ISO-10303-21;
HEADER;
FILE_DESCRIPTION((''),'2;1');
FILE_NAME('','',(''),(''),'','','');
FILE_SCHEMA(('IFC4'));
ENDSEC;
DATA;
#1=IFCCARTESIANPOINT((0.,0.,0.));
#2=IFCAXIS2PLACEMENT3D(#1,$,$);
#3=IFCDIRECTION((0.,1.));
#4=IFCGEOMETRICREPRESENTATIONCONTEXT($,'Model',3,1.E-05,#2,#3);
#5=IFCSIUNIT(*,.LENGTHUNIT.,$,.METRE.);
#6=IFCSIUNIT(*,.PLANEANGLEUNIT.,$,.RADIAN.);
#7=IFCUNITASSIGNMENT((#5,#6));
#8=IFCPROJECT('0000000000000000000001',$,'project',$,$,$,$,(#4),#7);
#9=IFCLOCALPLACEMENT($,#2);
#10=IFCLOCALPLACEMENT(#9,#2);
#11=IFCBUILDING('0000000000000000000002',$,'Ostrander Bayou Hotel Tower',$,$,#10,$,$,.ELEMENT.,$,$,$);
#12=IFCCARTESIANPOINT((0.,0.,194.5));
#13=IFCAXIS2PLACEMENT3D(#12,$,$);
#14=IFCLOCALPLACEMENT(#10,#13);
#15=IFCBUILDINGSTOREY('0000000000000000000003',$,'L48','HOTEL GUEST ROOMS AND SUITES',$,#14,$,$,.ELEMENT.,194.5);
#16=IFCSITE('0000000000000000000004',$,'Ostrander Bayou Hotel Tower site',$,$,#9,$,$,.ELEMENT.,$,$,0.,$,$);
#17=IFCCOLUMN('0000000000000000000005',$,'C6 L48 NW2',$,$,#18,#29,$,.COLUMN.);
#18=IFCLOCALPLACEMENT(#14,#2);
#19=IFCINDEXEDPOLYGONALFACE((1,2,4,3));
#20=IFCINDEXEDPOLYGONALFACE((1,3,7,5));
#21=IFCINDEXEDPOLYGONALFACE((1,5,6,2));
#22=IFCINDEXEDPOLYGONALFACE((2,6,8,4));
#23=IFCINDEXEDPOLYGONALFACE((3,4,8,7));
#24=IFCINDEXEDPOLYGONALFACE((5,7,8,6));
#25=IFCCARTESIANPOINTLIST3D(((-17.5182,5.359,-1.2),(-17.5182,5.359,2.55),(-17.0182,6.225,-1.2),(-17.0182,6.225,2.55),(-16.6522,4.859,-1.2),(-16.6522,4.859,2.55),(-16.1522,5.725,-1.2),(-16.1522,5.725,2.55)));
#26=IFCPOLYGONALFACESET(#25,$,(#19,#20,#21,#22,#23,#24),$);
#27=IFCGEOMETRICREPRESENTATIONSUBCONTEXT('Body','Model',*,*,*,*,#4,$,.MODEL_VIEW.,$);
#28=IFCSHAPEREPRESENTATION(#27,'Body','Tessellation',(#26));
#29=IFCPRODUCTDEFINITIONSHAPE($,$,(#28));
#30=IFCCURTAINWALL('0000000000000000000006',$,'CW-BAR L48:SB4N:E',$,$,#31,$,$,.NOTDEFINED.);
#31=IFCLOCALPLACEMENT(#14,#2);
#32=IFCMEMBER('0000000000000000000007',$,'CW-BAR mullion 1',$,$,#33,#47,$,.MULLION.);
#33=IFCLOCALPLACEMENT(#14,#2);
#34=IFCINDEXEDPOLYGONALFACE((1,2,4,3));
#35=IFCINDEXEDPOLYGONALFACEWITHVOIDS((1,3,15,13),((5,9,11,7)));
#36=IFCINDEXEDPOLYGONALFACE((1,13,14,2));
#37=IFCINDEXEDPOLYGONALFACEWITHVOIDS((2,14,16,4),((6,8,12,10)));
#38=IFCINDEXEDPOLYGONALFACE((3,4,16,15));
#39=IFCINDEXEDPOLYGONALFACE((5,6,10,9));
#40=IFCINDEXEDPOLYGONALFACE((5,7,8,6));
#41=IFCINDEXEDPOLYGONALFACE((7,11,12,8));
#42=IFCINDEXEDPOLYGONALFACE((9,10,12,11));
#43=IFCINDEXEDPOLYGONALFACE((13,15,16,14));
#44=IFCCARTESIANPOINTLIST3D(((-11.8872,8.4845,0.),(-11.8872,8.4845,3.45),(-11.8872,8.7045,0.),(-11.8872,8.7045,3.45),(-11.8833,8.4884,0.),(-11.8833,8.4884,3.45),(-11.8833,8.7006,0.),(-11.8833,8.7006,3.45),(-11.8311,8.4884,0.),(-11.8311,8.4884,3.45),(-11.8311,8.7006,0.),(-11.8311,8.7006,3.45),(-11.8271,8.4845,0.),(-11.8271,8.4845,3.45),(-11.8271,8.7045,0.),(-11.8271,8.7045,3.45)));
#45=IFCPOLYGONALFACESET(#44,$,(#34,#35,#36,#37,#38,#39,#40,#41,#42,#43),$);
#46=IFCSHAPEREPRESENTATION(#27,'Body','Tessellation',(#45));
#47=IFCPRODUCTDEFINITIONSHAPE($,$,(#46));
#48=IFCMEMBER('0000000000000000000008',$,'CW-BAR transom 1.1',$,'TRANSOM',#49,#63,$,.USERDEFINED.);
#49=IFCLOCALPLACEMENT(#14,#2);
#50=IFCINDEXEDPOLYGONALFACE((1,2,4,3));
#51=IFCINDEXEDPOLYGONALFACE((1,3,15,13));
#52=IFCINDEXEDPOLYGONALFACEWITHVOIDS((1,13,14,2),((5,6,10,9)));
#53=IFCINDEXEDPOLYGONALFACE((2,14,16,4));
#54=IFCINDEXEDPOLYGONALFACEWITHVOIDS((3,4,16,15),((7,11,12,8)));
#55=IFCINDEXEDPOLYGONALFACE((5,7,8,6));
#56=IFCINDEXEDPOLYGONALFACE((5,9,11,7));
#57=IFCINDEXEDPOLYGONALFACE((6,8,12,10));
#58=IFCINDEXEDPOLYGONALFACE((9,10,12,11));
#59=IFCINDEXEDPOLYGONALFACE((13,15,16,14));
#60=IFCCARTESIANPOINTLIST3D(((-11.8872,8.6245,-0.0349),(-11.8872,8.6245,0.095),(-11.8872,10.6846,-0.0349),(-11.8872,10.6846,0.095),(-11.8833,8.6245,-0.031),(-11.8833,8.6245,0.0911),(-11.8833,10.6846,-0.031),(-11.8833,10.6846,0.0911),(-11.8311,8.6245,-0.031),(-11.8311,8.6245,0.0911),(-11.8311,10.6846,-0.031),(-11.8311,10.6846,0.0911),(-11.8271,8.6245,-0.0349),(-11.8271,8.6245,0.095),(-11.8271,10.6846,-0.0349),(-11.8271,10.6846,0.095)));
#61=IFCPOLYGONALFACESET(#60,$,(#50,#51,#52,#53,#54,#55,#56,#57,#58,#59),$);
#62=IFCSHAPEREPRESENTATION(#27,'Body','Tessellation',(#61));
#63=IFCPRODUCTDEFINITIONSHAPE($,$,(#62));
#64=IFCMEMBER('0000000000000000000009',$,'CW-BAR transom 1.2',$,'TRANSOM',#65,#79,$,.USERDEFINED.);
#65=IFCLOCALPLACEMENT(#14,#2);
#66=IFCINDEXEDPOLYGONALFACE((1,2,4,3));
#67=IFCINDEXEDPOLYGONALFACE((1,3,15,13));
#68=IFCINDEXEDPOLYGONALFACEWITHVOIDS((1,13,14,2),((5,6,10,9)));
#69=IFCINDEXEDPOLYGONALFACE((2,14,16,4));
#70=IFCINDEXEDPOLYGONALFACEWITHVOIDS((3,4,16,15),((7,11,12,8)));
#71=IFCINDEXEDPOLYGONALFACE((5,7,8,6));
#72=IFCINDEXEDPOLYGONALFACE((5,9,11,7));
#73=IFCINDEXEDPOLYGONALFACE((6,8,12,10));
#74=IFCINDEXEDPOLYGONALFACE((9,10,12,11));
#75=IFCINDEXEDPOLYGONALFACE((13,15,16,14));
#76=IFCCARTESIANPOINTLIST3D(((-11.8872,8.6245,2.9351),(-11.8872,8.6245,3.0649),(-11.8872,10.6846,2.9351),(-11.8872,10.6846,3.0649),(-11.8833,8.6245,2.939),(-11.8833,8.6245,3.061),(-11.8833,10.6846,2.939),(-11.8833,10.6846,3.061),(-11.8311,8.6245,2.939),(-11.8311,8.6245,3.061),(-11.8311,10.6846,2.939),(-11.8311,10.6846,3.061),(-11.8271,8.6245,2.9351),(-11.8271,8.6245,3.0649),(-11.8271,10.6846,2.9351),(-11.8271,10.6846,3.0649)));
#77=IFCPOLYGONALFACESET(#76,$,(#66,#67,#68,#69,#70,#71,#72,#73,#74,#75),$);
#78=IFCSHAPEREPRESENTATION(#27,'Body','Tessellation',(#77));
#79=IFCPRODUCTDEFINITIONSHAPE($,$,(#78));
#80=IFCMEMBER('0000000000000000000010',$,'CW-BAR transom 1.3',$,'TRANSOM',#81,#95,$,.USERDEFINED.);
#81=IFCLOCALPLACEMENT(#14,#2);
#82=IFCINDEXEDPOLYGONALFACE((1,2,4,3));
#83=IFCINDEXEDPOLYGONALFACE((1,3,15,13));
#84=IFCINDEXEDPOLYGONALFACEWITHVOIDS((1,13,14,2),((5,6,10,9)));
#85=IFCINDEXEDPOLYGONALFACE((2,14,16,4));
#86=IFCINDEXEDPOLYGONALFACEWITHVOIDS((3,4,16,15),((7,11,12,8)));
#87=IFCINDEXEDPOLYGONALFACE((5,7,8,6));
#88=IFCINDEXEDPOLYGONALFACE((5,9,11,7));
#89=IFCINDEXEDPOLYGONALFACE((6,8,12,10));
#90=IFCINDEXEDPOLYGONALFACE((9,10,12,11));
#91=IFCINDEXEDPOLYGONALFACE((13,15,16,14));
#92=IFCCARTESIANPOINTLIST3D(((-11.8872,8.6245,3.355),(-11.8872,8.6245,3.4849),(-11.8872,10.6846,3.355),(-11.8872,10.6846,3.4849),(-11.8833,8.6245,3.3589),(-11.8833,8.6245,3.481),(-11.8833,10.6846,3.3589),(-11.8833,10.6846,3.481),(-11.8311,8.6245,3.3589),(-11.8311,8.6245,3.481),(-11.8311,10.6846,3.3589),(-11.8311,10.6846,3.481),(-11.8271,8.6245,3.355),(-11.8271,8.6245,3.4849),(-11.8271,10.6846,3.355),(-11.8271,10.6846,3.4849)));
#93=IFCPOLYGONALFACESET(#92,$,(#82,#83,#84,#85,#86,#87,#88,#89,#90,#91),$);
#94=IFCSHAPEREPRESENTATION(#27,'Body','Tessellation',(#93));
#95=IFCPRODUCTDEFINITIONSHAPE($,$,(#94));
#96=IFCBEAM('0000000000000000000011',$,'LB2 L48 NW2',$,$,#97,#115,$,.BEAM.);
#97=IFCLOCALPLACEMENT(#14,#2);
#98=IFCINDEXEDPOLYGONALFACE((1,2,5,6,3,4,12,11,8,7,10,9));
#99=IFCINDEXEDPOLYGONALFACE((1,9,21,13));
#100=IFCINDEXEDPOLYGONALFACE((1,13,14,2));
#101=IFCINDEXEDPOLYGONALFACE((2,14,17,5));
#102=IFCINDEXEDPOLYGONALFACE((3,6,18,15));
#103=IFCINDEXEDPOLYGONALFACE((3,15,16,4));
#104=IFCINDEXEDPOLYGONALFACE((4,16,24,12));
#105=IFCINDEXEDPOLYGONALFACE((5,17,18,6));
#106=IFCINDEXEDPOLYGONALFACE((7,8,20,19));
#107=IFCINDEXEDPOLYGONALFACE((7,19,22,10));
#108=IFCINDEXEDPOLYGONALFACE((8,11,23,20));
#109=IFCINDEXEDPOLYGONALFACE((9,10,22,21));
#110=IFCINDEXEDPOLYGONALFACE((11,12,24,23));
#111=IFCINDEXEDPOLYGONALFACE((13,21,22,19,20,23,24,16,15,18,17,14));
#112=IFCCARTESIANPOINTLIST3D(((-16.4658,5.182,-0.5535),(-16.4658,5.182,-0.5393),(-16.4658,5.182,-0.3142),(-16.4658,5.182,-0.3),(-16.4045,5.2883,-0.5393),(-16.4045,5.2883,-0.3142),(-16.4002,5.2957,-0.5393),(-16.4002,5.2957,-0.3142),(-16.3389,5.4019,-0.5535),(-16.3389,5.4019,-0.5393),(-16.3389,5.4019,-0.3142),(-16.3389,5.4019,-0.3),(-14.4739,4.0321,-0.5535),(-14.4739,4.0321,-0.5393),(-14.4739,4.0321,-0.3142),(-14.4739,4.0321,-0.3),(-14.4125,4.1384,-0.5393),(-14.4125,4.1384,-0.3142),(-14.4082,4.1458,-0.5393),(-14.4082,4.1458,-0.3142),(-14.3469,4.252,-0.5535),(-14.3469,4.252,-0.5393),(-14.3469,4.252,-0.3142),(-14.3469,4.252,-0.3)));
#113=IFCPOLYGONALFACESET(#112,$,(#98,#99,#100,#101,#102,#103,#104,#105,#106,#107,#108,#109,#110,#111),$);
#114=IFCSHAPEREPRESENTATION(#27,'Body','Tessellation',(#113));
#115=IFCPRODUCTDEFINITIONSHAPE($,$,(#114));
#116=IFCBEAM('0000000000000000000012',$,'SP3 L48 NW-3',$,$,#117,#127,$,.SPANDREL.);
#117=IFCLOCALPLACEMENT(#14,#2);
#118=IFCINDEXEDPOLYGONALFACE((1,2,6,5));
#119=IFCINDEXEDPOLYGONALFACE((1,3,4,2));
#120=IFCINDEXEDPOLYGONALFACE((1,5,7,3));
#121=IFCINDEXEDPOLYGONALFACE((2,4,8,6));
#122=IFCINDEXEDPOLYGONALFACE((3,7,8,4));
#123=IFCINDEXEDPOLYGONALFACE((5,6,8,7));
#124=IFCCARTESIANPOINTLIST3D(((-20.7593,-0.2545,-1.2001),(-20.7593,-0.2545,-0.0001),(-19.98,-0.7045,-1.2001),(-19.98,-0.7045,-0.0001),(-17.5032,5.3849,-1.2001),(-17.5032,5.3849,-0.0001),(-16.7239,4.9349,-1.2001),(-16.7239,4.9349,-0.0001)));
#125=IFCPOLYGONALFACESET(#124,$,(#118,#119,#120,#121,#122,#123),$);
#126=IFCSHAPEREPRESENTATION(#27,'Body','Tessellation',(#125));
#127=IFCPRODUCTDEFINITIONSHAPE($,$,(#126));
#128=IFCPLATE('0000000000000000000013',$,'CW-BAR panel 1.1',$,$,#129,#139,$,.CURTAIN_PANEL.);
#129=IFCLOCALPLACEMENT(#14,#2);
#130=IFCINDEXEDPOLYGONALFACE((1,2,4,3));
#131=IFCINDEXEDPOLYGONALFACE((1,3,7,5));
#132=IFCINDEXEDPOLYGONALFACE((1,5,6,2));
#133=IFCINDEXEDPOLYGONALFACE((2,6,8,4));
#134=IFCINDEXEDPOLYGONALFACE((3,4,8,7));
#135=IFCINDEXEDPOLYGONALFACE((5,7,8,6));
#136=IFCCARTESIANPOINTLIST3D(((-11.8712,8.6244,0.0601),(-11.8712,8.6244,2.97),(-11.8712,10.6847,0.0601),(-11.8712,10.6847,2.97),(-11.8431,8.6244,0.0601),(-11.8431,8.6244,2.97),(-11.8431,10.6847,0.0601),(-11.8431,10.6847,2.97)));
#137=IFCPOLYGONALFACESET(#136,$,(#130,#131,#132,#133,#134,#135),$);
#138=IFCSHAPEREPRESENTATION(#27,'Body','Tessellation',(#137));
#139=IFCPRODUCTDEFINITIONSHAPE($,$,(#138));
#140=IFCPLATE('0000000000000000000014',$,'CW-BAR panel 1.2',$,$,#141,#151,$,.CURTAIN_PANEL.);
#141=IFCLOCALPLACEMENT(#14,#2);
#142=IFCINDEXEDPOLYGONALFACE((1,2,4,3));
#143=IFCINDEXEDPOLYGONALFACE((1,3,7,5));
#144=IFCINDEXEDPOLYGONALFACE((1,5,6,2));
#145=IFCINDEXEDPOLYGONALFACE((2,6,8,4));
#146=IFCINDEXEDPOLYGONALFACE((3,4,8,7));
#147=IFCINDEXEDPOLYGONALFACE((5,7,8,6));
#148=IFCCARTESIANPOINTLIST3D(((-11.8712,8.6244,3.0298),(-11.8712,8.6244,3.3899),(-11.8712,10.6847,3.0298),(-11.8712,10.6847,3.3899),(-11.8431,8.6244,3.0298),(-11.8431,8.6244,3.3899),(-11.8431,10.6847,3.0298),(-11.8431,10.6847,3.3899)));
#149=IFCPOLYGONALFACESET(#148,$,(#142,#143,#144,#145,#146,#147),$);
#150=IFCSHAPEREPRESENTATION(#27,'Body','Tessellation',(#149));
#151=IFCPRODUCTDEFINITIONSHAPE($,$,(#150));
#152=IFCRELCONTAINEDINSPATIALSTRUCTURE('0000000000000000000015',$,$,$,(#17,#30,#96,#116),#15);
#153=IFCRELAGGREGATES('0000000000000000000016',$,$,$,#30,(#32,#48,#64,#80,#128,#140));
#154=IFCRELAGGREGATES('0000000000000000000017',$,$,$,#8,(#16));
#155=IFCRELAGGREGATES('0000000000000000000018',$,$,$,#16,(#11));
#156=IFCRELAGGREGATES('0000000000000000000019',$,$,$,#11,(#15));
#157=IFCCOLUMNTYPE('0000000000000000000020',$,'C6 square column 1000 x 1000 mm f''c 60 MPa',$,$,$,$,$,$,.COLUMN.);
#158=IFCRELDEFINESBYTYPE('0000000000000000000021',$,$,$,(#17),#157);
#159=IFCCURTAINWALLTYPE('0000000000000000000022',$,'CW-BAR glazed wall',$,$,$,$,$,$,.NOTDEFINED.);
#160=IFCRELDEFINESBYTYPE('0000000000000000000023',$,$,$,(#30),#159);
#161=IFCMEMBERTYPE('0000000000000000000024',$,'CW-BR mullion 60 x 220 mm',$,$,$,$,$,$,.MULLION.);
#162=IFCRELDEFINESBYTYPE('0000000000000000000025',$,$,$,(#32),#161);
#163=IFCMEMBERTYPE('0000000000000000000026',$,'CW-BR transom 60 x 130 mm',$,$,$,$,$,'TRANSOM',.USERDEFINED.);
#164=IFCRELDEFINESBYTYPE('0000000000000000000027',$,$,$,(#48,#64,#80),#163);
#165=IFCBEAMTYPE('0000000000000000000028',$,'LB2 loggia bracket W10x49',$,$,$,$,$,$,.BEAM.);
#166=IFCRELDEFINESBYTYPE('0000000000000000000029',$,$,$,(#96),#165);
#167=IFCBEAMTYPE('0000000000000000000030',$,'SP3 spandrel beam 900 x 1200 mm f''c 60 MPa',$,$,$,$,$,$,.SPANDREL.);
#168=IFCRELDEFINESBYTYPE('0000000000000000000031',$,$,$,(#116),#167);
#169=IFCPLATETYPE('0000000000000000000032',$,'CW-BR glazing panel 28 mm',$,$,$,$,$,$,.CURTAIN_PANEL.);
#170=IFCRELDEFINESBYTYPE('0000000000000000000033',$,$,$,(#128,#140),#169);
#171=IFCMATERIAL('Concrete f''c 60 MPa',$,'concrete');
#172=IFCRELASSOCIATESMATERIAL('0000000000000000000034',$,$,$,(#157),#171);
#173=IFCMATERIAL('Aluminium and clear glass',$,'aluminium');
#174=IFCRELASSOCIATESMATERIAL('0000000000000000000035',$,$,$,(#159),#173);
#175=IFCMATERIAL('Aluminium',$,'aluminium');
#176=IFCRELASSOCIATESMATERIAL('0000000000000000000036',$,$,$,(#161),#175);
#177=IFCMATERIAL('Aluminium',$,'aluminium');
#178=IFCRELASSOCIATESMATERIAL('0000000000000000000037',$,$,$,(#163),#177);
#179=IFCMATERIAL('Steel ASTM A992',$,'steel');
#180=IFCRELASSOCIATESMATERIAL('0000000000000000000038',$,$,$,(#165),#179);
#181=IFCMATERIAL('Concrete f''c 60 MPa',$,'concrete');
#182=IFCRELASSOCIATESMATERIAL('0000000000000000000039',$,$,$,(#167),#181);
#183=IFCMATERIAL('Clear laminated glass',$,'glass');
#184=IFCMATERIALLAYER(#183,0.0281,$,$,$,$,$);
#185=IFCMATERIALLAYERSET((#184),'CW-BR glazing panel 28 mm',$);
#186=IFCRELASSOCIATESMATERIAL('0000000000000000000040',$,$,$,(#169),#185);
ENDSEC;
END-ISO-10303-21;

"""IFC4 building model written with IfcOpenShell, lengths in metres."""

from ifc_helpers import new_model, si_unit, direction, frame, origin, origin_2d, place, context, subcontext, project, spatial, rectangle, hollow_rectangle, i_section, extrude, material, layer, layer_set, material_profile, profile_set, type_object, element, aggregate, save


model = new_model("IFC4")

# Units and contexts
model_context = context("Model", 3, precision=1e-05, world=origin(), true_north=direction((0.0, 1.0)))
body_context = subcontext(model_context, "Body", "Model", "MODEL_VIEW")
ifc_project = project(units=[si_unit("LENGTHUNIT", "METRE"), si_unit("PLANEANGLEUNIT", "RADIAN")], contexts=[model_context])

# Site, building, storey
site_placement = place(None, origin())
site = spatial("IfcSite", under=ifc_project, at=site_placement, Name="Ostrander Bayou Hotel Tower site", CompositionType="ELEMENT", RefElevation=0.0)
building_placement = place(site_placement, origin())
building = spatial("IfcBuilding", under=site, at=building_placement, Name="Ostrander Bayou Hotel Tower", CompositionType="ELEMENT")
storey_placement = place(building_placement, frame((0.0, 0.0, 194.5)))
storey = spatial("IfcBuildingStorey", under=building, at=storey_placement, Name="L48", Description="HOTEL GUEST ROOMS AND SUITES", CompositionType="ELEMENT", Elevation=194.5)

# Column
ifc_material_1 = material(Name="Concrete f'c 60 MPa", Category="concrete")
ifc_material_profile_1 = material_profile(ifc_material_1, rectangle(XDim=1.0, YDim=1.0, at=origin_2d()))
ifc_profile_set_1 = profile_set([ifc_material_profile_1], Name="Concrete f'c 60 MPa")
column_type = type_object("IfcColumnType", Name="C6 square column 1000 x 1000 mm f'c 60 MPa", PredefinedType="COLUMN", material=ifc_profile_set_1)
column_placement = place(storey_placement, frame((-16.8352, 5.542, -1.2), z_axis=(0.0, 0.0, 1.0), x_axis=(0.5, 0.866025, 0.0)))
element("IfcColumn", 1, at=column_placement, inside=storey, type_object=column_type, Name="C6 L48 NW2", PredefinedType="COLUMN", context=body_context, shape_type="SweptSolid", body=[
    extrude(rectangle(XDim=1.0, YDim=1.0, at=origin_2d()), origin(), (0.0, 0.0, 1.0), 3.75),
])

# Curtain wall, members
ifc_material_2 = material(Name="Aluminium and clear glass", Category="aluminium")
curtain_wall_type = type_object("IfcCurtainWallType", Name="CW-BAR glazed wall", PredefinedType="NOTDEFINED", material=ifc_material_2)
curtain_wall_placement = place(storey_placement, origin())
curtain_wall = element("IfcCurtainWall", 2, at=curtain_wall_placement, inside=storey, type_object=curtain_wall_type, Name="CW-BAR L48:SB4N:E", PredefinedType="NOTDEFINED")
ifc_material_3 = material(Name="Aluminium", Category="aluminium")
ifc_material_profile_2 = material_profile(ifc_material_3, hollow_rectangle(XDim=0.0601, YDim=0.22, WallThickness=0.0039, at=origin_2d()))
ifc_profile_set_2 = profile_set([ifc_material_profile_2], Name="Aluminium")
member_type_1 = type_object("IfcMemberType", Name="CW-BR mullion 60 x 220 mm", PredefinedType="MULLION", material=ifc_profile_set_2)
member_1_placement = place(storey_placement, frame((-11.8572, 8.5945, 0.0), z_axis=(0.0, 0.0, 1.0), x_axis=(-1.0, 0.0, 0.0)))
member_1 = element("IfcMember", 3, at=member_1_placement, type_object=member_type_1, Name="CW-BAR mullion 1", PredefinedType="MULLION", context=body_context, shape_type="SweptSolid", body=[
    extrude(hollow_rectangle(XDim=0.0601, YDim=0.22, WallThickness=0.0039, at=origin_2d()), origin(), (0.0, 0.0, 1.0), 3.45),
])
ifc_material_4 = material(Name="Aluminium", Category="aluminium")
ifc_material_profile_3 = material_profile(ifc_material_4, hollow_rectangle(XDim=0.0601, YDim=0.1299, WallThickness=0.0039, at=origin_2d()))
ifc_profile_set_3 = profile_set([ifc_material_profile_3], Name="Aluminium")
member_type_2 = type_object("IfcMemberType", Name="CW-BR transom 60 x 130 mm", ElementType="TRANSOM", PredefinedType="USERDEFINED", material=ifc_profile_set_3)
member_2_placement = place(storey_placement, frame((-11.8572, 8.6245, 0.03), z_axis=(0.0, 1.0, 0.0), x_axis=(-1.0, 0.0, 0.0)))
member_2 = element("IfcMember", 4, at=member_2_placement, type_object=member_type_2, Name="CW-BAR transom 1.1", ObjectType="TRANSOM", PredefinedType="USERDEFINED", context=body_context, shape_type="SweptSolid", body=[
    extrude(hollow_rectangle(XDim=0.0601, YDim=0.1299, WallThickness=0.0039, at=origin_2d()), origin(), (0.0, 0.0, 1.0), 2.0601),
])
member_3_placement = place(storey_placement, frame((-11.8572, 8.6245, 3.0), z_axis=(0.0, 1.0, 0.0), x_axis=(-1.0, 0.0, 0.0)))
member_3 = element("IfcMember", 5, at=member_3_placement, type_object=member_type_2, Name="CW-BAR transom 1.2", ObjectType="TRANSOM", PredefinedType="USERDEFINED", context=body_context, shape_type="SweptSolid", body=[
    extrude(hollow_rectangle(XDim=0.0601, YDim=0.1299, WallThickness=0.0039, at=origin_2d()), origin(), (0.0, 0.0, 1.0), 2.0601),
])
member_4_placement = place(storey_placement, frame((-11.8572, 8.6245, 3.4199), z_axis=(0.0, 1.0, 0.0), x_axis=(-1.0, 0.0, 0.0)))
member_4 = element("IfcMember", 6, at=member_4_placement, type_object=member_type_2, Name="CW-BAR transom 1.3", ObjectType="TRANSOM", PredefinedType="USERDEFINED", context=body_context, shape_type="SweptSolid", body=[
    extrude(hollow_rectangle(XDim=0.0601, YDim=0.1299, WallThickness=0.0039, at=origin_2d()), origin(), (0.0, 0.0, 1.0), 2.0601),
])

# Beams
ifc_material_5 = material(Name="Steel ASTM A992", Category="steel")
ifc_material_profile_4 = material_profile(ifc_material_5, i_section(OverallWidth=0.2539, OverallDepth=0.2534, WebThickness=0.0085, FlangeThickness=0.0142, at=origin_2d()))
ifc_profile_set_4 = profile_set([ifc_material_profile_4], Name="Steel ASTM A992")
beam_type_1 = type_object("IfcBeamType", Name="LB2 loggia bracket W10x49", PredefinedType="BEAM", material=ifc_profile_set_4)
beam_1_placement = place(storey_placement, frame((-16.4023, 5.292, -0.4268), z_axis=(0.866053, -0.499952, 0.0), x_axis=(0.499952, 0.866053, 0.0)))
element("IfcBeam", 7, at=beam_1_placement, inside=storey, type_object=beam_type_1, Name="LB2 L48 NW2", PredefinedType="BEAM", context=body_context, shape_type="SweptSolid", body=[
    extrude(i_section(OverallWidth=0.2539, OverallDepth=0.2534, WebThickness=0.0085, FlangeThickness=0.0142, at=origin_2d()), origin(), (0.0, 0.0, 1.0), 2.3),
])
ifc_material_6 = material(Name="Concrete f'c 60 MPa", Category="concrete")
ifc_material_profile_5 = material_profile(ifc_material_6, rectangle(XDim=0.8999, YDim=1.2, at=origin_2d()))
ifc_profile_set_5 = profile_set([ifc_material_profile_5], Name="Concrete f'c 60 MPa")
beam_type_2 = type_object("IfcBeamType", Name="SP3 spandrel beam 900 x 1200 mm f'c 60 MPa", PredefinedType="SPANDREL", material=ifc_profile_set_5)
beam_2_placement = place(storey_placement, frame((-17.1135, 5.1599, -0.6001), z_axis=(-0.500022, -0.866013, 0.0), x_axis=(0.866013, -0.500022, 0.0)))
element("IfcBeam", 8, at=beam_2_placement, inside=storey, type_object=beam_type_2, Name="SP3 L48 NW-3", PredefinedType="SPANDREL", context=body_context, shape_type="SweptSolid", body=[
    extrude(rectangle(XDim=0.8999, YDim=1.2, at=origin_2d()), origin(), (0.0, 0.0, 1.0), 6.512),
])

# Plates
ifc_material_7 = material(Name="Clear laminated glass", Category="glass")
ifc_layer_1 = layer(ifc_material_7, 0.0281)
ifc_layer_set_1 = layer_set([ifc_layer_1], Name="CW-BR glazing panel 28 mm")
plate_type = type_object("IfcPlateType", Name="CW-BR glazing panel 28 mm", PredefinedType="CURTAIN_PANEL", material=ifc_layer_set_1)
plate_1_placement = place(storey_placement, frame((-11.8572, 9.6545, 0.0601), z_axis=(0.0, 0.0, 1.0), x_axis=(0.0, 1.0, 0.0)))
plate_1 = element("IfcPlate", 9, at=plate_1_placement, type_object=plate_type, Name="CW-BAR panel 1.1", PredefinedType="CURTAIN_PANEL", context=body_context, shape_type="SweptSolid", body=[
    extrude(rectangle(XDim=2.0603, YDim=0.0281, at=origin_2d()), origin(), (0.0, 0.0, 1.0), 2.9099),
])
plate_2_placement = place(storey_placement, frame((-11.8572, 9.6545, 3.0298), z_axis=(0.0, 0.0, 1.0), x_axis=(0.0, 1.0, 0.0)))
plate_2 = element("IfcPlate", 10, at=plate_2_placement, type_object=plate_type, Name="CW-BAR panel 1.2", PredefinedType="CURTAIN_PANEL", context=body_context, shape_type="SweptSolid", body=[
    extrude(rectangle(XDim=2.0603, YDim=0.0281, at=origin_2d()), origin(), (0.0, 0.0, 1.0), 0.3601),
])
aggregate(curtain_wall, [member_1, member_2, member_3, member_4, plate_1, plate_2])

save(model, "model.ifc")
